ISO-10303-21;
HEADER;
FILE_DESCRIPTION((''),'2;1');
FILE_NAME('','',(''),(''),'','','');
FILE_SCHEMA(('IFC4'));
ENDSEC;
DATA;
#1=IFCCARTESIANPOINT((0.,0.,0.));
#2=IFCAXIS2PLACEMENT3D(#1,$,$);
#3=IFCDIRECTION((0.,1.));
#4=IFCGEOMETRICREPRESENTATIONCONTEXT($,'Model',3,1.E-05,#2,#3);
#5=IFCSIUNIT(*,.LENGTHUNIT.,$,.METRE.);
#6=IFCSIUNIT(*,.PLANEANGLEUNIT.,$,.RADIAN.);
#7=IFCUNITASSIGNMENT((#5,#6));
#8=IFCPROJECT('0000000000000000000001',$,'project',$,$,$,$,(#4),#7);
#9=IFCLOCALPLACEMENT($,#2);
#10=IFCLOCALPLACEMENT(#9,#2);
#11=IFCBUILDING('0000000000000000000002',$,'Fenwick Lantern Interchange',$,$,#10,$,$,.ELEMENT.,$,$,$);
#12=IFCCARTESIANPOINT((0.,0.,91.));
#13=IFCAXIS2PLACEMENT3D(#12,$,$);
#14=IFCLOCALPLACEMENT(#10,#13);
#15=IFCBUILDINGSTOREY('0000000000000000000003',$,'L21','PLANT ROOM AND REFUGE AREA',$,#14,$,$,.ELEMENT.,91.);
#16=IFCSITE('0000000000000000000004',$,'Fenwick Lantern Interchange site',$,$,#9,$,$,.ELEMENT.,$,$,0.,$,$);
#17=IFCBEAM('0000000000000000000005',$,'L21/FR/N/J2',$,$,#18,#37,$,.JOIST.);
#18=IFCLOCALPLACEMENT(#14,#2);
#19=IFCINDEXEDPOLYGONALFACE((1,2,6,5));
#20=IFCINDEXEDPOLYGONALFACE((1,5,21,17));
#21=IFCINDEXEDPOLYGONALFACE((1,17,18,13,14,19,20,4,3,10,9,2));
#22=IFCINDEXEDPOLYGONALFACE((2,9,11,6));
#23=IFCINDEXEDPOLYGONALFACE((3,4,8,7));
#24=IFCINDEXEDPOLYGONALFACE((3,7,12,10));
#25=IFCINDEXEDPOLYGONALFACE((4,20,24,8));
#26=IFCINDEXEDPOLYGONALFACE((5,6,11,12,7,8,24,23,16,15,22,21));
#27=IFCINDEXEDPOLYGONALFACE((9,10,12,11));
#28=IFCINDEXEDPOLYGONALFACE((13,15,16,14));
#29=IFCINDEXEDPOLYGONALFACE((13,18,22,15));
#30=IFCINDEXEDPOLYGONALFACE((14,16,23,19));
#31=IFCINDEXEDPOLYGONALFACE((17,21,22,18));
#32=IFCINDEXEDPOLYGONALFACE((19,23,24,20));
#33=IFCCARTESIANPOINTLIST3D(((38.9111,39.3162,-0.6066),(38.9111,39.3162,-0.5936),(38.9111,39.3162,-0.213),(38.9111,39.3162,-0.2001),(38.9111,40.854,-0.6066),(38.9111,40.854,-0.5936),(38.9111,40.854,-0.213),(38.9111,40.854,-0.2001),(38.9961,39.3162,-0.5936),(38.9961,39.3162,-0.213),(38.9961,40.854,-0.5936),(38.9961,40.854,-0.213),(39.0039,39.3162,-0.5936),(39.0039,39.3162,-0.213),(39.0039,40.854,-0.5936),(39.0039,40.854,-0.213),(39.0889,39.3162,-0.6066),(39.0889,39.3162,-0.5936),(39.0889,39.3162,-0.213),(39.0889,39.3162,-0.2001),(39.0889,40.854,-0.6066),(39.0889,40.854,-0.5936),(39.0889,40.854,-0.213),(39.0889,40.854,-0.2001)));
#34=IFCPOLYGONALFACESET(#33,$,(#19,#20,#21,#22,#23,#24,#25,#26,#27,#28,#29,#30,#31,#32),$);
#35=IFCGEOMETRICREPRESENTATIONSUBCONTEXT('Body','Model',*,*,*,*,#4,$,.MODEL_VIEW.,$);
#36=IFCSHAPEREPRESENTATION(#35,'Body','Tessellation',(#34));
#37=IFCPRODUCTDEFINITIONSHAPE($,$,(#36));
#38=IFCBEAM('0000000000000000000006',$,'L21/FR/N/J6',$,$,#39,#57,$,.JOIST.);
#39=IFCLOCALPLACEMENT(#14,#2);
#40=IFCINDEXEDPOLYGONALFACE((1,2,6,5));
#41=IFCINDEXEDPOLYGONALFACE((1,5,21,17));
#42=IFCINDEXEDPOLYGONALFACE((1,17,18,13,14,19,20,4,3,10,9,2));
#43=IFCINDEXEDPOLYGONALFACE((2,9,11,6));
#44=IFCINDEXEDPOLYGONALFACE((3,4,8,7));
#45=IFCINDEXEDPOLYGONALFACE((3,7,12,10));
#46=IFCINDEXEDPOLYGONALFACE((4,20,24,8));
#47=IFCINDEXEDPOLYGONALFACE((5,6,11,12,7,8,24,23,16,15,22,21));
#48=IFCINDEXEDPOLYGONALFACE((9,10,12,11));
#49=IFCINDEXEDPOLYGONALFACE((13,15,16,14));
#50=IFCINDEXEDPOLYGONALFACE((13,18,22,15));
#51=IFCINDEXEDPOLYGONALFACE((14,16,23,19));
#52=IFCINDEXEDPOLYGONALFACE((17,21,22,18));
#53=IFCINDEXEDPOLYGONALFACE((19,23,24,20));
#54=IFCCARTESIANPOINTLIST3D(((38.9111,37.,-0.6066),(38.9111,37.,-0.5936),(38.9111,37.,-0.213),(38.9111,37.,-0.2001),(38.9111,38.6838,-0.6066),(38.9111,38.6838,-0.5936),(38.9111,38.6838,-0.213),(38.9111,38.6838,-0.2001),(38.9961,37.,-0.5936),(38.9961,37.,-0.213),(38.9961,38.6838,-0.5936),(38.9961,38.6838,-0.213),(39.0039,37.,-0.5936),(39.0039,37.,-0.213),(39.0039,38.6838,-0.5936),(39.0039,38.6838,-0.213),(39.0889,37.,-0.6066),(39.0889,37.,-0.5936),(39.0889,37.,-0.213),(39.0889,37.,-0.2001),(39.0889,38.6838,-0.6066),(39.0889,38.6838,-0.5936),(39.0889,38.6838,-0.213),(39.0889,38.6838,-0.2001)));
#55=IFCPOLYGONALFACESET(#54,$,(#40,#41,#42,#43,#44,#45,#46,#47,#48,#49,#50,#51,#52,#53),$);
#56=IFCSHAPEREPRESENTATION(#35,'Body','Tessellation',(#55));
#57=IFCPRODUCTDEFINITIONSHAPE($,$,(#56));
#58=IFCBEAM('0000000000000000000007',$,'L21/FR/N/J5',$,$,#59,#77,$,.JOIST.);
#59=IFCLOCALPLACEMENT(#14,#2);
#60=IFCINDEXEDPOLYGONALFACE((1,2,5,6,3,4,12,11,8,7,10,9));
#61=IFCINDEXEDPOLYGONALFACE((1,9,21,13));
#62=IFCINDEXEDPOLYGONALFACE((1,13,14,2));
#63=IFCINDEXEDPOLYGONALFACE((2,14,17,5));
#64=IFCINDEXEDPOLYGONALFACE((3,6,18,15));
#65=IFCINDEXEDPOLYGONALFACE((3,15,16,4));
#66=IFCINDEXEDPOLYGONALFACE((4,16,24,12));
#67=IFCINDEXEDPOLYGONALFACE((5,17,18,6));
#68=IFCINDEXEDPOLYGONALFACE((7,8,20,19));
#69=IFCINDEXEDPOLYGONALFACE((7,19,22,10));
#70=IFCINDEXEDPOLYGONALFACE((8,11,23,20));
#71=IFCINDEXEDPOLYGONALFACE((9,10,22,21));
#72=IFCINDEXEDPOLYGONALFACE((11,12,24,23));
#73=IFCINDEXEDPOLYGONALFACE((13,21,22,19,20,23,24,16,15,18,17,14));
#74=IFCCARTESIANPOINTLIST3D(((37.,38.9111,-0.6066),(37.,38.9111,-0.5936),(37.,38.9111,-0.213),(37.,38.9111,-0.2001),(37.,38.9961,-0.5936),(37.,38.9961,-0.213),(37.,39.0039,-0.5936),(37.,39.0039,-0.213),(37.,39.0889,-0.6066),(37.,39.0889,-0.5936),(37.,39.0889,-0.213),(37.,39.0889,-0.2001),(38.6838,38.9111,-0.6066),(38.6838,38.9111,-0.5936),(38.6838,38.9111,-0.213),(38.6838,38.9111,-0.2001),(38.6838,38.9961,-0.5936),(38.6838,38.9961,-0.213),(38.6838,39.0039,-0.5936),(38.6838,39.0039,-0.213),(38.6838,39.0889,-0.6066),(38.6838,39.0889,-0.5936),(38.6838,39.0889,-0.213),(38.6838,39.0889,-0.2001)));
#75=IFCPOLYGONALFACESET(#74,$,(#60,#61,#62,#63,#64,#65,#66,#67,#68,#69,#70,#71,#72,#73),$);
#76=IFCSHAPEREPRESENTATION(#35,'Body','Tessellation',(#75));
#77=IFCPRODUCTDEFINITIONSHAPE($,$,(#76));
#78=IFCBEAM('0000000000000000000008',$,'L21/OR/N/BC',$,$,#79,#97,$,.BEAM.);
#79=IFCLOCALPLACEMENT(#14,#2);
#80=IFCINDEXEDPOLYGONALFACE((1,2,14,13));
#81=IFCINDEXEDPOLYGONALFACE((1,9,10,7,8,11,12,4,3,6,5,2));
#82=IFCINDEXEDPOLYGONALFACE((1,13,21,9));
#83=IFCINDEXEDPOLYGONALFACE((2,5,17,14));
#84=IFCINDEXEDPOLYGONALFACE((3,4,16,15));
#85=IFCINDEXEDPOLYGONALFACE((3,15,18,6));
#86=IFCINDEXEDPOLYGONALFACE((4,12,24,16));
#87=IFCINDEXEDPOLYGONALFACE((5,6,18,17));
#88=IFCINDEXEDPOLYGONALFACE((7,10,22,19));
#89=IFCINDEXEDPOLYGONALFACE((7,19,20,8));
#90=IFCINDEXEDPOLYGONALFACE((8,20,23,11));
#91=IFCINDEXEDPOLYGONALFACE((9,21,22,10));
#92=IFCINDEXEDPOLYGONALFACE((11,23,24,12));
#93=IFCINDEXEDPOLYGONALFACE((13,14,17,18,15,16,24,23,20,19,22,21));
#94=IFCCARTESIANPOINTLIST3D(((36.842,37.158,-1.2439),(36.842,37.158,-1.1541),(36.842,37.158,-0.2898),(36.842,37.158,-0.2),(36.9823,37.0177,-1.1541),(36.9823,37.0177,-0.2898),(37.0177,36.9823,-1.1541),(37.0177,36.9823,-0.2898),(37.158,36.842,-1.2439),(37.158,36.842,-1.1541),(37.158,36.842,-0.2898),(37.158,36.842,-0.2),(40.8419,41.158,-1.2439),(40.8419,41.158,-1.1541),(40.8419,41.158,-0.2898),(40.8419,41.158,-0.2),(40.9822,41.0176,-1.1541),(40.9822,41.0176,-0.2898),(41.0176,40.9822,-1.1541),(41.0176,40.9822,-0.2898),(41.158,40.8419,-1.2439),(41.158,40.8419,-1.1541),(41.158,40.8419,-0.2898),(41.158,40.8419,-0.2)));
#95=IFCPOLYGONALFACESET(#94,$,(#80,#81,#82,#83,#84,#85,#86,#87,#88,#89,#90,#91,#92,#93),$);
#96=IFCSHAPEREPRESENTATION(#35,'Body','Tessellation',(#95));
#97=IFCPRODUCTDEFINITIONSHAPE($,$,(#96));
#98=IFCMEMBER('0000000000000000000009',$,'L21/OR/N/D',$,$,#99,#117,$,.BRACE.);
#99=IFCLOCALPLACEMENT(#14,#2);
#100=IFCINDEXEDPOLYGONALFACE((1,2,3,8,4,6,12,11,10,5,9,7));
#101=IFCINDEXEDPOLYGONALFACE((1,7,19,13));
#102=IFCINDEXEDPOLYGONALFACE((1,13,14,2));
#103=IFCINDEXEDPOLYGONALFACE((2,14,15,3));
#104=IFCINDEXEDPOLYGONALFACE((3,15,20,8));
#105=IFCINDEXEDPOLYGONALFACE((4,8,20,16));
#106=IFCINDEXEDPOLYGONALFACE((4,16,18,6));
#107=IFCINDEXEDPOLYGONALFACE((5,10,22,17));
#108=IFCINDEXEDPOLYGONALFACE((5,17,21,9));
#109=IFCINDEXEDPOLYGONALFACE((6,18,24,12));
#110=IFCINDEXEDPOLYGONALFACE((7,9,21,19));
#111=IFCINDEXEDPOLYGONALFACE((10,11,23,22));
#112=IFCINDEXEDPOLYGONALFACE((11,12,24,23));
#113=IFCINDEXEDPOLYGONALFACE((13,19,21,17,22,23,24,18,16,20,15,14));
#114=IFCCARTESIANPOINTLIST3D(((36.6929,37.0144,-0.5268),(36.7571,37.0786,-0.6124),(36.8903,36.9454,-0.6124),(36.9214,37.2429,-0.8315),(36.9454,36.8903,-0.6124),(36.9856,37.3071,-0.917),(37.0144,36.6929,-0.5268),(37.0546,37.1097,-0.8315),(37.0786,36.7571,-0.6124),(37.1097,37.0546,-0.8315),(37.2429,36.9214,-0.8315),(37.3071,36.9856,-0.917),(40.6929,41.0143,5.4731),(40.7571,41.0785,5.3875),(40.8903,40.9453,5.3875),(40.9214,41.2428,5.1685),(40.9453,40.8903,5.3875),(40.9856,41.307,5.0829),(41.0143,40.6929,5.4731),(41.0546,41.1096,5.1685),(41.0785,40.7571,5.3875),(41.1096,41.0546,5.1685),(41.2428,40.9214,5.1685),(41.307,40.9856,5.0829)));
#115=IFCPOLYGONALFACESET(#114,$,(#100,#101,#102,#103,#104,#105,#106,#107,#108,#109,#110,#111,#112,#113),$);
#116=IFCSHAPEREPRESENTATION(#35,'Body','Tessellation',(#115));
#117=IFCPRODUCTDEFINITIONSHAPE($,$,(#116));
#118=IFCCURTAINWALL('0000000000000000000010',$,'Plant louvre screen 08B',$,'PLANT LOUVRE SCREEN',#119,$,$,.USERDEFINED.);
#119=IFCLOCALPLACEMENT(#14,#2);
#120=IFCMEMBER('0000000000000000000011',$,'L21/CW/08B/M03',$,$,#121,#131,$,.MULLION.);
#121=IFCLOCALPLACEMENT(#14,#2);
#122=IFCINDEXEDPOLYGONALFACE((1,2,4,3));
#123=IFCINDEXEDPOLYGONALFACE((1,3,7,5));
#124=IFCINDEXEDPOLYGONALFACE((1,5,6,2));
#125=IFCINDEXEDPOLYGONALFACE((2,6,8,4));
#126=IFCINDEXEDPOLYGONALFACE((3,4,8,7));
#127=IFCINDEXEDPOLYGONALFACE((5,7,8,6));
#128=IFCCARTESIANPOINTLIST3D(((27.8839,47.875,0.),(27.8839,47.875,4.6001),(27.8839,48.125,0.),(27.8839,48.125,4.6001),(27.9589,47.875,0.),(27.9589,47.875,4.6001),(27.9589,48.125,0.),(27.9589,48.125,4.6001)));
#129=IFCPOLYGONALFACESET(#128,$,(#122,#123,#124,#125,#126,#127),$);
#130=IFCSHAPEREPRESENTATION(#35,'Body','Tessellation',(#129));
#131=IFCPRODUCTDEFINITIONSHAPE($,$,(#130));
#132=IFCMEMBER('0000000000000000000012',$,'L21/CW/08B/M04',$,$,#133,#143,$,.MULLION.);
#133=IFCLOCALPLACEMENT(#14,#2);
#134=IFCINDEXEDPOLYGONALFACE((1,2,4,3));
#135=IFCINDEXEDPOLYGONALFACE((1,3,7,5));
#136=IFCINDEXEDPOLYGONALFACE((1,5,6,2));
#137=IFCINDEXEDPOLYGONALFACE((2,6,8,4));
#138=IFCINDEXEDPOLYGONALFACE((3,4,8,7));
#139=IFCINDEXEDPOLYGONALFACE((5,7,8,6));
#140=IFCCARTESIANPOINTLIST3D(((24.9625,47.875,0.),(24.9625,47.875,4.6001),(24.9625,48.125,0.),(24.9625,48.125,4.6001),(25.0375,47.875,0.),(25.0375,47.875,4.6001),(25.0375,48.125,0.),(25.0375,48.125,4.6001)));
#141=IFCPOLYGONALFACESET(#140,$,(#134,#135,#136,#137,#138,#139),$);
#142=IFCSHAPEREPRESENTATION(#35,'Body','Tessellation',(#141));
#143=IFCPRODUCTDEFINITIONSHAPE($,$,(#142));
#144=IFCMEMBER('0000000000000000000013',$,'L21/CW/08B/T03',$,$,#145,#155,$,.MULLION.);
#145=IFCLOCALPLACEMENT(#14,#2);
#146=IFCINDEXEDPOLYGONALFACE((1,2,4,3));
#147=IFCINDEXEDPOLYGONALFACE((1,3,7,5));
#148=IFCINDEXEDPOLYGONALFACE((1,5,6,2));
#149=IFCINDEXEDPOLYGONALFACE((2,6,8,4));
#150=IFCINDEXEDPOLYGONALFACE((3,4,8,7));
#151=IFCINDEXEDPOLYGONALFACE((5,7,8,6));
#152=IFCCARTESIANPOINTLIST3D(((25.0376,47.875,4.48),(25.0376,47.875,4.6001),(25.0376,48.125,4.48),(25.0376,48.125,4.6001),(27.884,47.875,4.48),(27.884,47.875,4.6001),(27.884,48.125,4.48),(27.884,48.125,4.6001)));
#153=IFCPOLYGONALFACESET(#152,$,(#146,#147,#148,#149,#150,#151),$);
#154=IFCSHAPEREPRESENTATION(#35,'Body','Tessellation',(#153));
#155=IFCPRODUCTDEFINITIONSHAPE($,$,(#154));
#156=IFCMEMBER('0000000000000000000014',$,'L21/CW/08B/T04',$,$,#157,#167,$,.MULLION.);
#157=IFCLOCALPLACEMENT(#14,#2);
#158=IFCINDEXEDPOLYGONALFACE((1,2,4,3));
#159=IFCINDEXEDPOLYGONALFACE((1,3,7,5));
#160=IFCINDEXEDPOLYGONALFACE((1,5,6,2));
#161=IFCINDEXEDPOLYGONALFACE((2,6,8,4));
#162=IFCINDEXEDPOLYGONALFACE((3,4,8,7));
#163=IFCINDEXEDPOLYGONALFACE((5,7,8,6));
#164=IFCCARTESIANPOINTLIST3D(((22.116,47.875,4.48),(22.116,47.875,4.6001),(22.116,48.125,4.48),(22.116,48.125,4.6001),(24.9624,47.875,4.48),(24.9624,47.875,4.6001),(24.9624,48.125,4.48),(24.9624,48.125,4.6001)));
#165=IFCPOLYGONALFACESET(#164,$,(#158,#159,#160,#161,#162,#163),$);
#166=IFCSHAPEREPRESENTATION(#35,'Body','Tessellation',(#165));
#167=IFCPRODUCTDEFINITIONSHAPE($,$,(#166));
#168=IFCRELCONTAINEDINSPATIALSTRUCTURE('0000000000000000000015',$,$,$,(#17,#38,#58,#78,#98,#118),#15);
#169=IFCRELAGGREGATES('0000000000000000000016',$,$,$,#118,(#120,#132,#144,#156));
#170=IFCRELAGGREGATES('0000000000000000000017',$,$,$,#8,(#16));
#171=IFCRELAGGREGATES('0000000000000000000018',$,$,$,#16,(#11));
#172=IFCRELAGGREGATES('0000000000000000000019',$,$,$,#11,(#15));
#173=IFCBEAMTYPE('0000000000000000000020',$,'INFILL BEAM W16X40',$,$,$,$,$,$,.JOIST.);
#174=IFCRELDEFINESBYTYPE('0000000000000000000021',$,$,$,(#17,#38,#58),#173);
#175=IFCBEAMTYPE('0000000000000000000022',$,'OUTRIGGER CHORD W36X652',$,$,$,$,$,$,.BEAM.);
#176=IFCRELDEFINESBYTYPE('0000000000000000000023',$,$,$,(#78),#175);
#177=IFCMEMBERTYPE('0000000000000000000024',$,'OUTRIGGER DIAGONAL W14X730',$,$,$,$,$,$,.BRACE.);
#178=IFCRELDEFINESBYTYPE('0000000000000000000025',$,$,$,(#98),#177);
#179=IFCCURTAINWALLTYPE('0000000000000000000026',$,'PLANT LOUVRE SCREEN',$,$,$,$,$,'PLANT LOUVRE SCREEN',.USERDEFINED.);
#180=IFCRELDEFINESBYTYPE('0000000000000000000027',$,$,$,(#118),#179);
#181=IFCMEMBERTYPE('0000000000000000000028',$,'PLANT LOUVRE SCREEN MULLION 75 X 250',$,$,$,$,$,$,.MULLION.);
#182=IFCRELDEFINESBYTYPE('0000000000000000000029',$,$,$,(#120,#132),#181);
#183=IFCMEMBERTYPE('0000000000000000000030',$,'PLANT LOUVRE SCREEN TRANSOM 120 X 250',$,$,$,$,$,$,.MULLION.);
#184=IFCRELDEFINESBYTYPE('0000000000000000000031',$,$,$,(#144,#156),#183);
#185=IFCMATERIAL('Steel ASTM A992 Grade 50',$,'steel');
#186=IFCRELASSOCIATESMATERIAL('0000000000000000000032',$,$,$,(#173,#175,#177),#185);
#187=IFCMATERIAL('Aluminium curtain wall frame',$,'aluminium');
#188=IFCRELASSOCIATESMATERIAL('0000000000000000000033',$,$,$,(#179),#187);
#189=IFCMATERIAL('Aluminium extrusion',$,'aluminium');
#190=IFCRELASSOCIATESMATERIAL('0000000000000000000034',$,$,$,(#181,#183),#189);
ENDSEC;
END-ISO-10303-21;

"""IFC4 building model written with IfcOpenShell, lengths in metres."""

from ifc_helpers import new_model, si_unit, direction, frame, origin, origin_2d, place, context, subcontext, project, spatial, rectangle, i_section, extrude, material, material_profile, profile_set, type_object, element, aggregate, save


model = new_model("IFC4")

# Units and contexts
model_context = context("Model", 3, precision=1e-05, world=origin(), true_north=direction((0.0, 1.0)))
body_context = subcontext(model_context, "Body", "Model", "MODEL_VIEW")
ifc_project = project(units=[si_unit("LENGTHUNIT", "METRE"), si_unit("PLANEANGLEUNIT", "RADIAN")], contexts=[model_context])

# Site, building, storey
site_placement = place(None, origin())
site = spatial("IfcSite", under=ifc_project, at=site_placement, Name="Fenwick Lantern Interchange site", CompositionType="ELEMENT", RefElevation=0.0)
building_placement = place(site_placement, origin())
building = spatial("IfcBuilding", under=site, at=building_placement, Name="Fenwick Lantern Interchange", CompositionType="ELEMENT")
storey_placement = place(building_placement, frame((0.0, 0.0, 91.0)))
storey = spatial("IfcBuildingStorey", under=building, at=storey_placement, Name="L21", Description="PLANT ROOM AND REFUGE AREA", CompositionType="ELEMENT", Elevation=91.0)

# Beams
ifc_material_1 = material(Name="Steel ASTM A992 Grade 50", Category="steel")
ifc_material_profile_1 = material_profile(ifc_material_1, i_section(OverallWidth=0.1777, OverallDepth=0.4065, WebThickness=0.0078, FlangeThickness=0.0129, at=origin_2d()), Name="W16X40")
ifc_profile_set_1 = profile_set([ifc_material_profile_1], Name="Steel ASTM A992 Grade 50")
beam_type_1 = type_object("IfcBeamType", Name="INFILL BEAM W16X40", PredefinedType="JOIST", material=ifc_profile_set_1)
beam_1_placement = place(storey_placement, frame((39.0, 40.854, -0.4033), z_axis=(0.0, -1.0, 0.0), x_axis=(1.0, 0.0, 0.0)))
element("IfcBeam", 1, at=beam_1_placement, inside=storey, type_object=beam_type_1, Name="L21/FR/N/J2", PredefinedType="JOIST", context=body_context, shape_type="SweptSolid", body=[
    extrude(i_section(OverallWidth=0.1777, OverallDepth=0.4065, WebThickness=0.0078, FlangeThickness=0.0129, at=origin_2d()), origin(), (0.0, 0.0, 1.0), 1.5378),
])
for number, where, z_axis, x_axis, name in (
    (2, (39.0, 38.6838, -0.4033), (0.0, -1.0, 0.0), (1.0, 0.0, 0.0), "L21/FR/N/J6"),
    (3, (38.6838, 39.0, -0.4033), (-1.0, 0.0, 0.0), (0.0, -1.0, 0.0), "L21/FR/N/J5"),
):
    element("IfcBeam", number, at=place(storey_placement, frame(where, z_axis=z_axis, x_axis=x_axis)), inside=storey, type_object=beam_type_1, Name=name, PredefinedType="JOIST", context=body_context, shape_type="SweptSolid", body=[
        extrude(i_section(OverallWidth=0.1777, OverallDepth=0.4065, WebThickness=0.0078, FlangeThickness=0.0129, at=origin_2d()), origin(), (0.0, 0.0, 1.0), 1.6838),
    ])
ifc_material_profile_2 = material_profile(ifc_material_1, i_section(OverallWidth=0.447, OverallDepth=1.0439, WebThickness=0.05, FlangeThickness=0.0898, at=origin_2d()), Name="W36X652")
ifc_profile_set_2 = profile_set([ifc_material_profile_2], Name="Steel ASTM A992 Grade 50")
beam_type_2 = type_object("IfcBeamType", Name="OUTRIGGER CHORD W36X652", PredefinedType="BEAM", material=ifc_profile_set_2)
beam_2_placement = place(storey_placement, frame((37.0, 37.0, -0.7219), z_axis=(0.707107, 0.707107, 0.0), x_axis=(-0.707107, 0.707107, 0.0)))
element("IfcBeam", 4, at=beam_2_placement, inside=storey, type_object=beam_type_2, Name="L21/OR/N/BC", PredefinedType="BEAM", context=body_context, shape_type="SweptSolid", body=[
    extrude(i_section(OverallWidth=0.447, OverallDepth=1.0439, WebThickness=0.05, FlangeThickness=0.0898, at=origin_2d()), origin(), (0.0, 0.0, 1.0), 5.6567),
])

# Member
ifc_material_profile_3 = material_profile(ifc_material_1, i_section(OverallWidth=0.4546, OverallDepth=0.5688, WebThickness=0.0779, FlangeThickness=0.1248, at=origin_2d()), Name="W14X730")
ifc_profile_set_3 = profile_set([ifc_material_profile_3], Name="Steel ASTM A992 Grade 50")
member_type_1 = type_object("IfcMemberType", Name="OUTRIGGER DIAGONAL W14X730", PredefinedType="BRACE", material=ifc_profile_set_3)
member_1_placement = place(storey_placement, frame((37.0, 37.0, -0.7219), z_axis=(0.485071, 0.485071, 0.727607), x_axis=(-0.707107, 0.707107, 0.0)))
element("IfcMember", 5, at=member_1_placement, inside=storey, type_object=member_type_1, Name="L21/OR/N/D", PredefinedType="BRACE", context=body_context, shape_type="SweptSolid", body=[
    extrude(i_section(OverallWidth=0.4546, OverallDepth=0.5688, WebThickness=0.0779, FlangeThickness=0.1248, at=origin_2d()), origin(), (0.0, 0.0, 1.0), 8.2461),
])

# Curtain wall, members
ifc_material_2 = material(Name="Aluminium curtain wall frame", Category="aluminium")
curtain_wall_type = type_object("IfcCurtainWallType", Name="PLANT LOUVRE SCREEN", ElementType="PLANT LOUVRE SCREEN", PredefinedType="USERDEFINED", material=ifc_material_2)
curtain_wall_placement = place(storey_placement, origin())
curtain_wall = element("IfcCurtainWall", 6, at=curtain_wall_placement, inside=storey, type_object=curtain_wall_type, Name="Plant louvre screen 08B", ObjectType="PLANT LOUVRE SCREEN", PredefinedType="USERDEFINED")
ifc_material_3 = material(Name="Aluminium extrusion", Category="aluminium")
ifc_material_profile_4 = material_profile(ifc_material_3, rectangle(XDim=0.25, YDim=0.075, at=origin_2d()), Name="PLANT LOUVRE SCREEN MULLION 75 X 250")
ifc_profile_set_4 = profile_set([ifc_material_profile_4], Name="Aluminium extrusion")
member_type_2 = type_object("IfcMemberType", Name="PLANT LOUVRE SCREEN MULLION 75 X 250", PredefinedType="MULLION", material=ifc_profile_set_4)
member_2_placement = place(storey_placement, frame((27.9214, 48.0, 0.0), z_axis=(0.0, 0.0, 1.0), x_axis=(0.0, -1.0, 0.0)))
member_2 = element("IfcMember", 7, at=member_2_placement, type_object=member_type_2, Name="L21/CW/08B/M03", PredefinedType="MULLION", context=body_context, shape_type="SweptSolid", body=[
    extrude(rectangle(XDim=0.25, YDim=0.075, at=origin_2d()), origin(), (0.0, 0.0, 1.0), 4.6001),
])
member_3_placement = place(storey_placement, frame((25.0, 48.0, 0.0), z_axis=(0.0, 0.0, 1.0), x_axis=(0.0, -1.0, 0.0)))
member_3 = element("IfcMember", 8, at=member_3_placement, type_object=member_type_2, Name="L21/CW/08B/M04", PredefinedType="MULLION", context=body_context, shape_type="SweptSolid", body=[
    extrude(rectangle(XDim=0.25, YDim=0.075, at=origin_2d()), origin(), (0.0, 0.0, 1.0), 4.6001),
])
ifc_material_profile_5 = material_profile(ifc_material_3, rectangle(XDim=0.25, YDim=0.1201, at=origin_2d()), Name="PLANT LOUVRE SCREEN TRANSOM 120 X 250")
ifc_profile_set_5 = profile_set([ifc_material_profile_5], Name="Aluminium extrusion")
member_type_3 = type_object("IfcMemberType", Name="PLANT LOUVRE SCREEN TRANSOM 120 X 250", PredefinedType="MULLION", material=ifc_profile_set_5)
member_4_placement = place(storey_placement, frame((27.884, 48.0, 4.54), z_axis=(-1.0, 0.0, 0.0), x_axis=(0.0, -1.0, 0.0)))
member_4 = element("IfcMember", 9, at=member_4_placement, type_object=member_type_3, Name="L21/CW/08B/T03", PredefinedType="MULLION", context=body_context, shape_type="SweptSolid", body=[
    extrude(rectangle(XDim=0.25, YDim=0.1201, at=origin_2d()), origin(), (0.0, 0.0, 1.0), 2.8464),
])
member_5_placement = place(storey_placement, frame((24.9624, 48.0, 4.54), z_axis=(-1.0, 0.0, 0.0), x_axis=(0.0, -1.0, 0.0)))
member_5 = element("IfcMember", 10, at=member_5_placement, type_object=member_type_3, Name="L21/CW/08B/T04", PredefinedType="MULLION", context=body_context, shape_type="SweptSolid", body=[
    extrude(rectangle(XDim=0.25, YDim=0.1201, at=origin_2d()), origin(), (0.0, 0.0, 1.0), 2.8464),
])

aggregate(curtain_wall, [member_2, member_3, member_4, member_5])

save(model, "model.ifc")
